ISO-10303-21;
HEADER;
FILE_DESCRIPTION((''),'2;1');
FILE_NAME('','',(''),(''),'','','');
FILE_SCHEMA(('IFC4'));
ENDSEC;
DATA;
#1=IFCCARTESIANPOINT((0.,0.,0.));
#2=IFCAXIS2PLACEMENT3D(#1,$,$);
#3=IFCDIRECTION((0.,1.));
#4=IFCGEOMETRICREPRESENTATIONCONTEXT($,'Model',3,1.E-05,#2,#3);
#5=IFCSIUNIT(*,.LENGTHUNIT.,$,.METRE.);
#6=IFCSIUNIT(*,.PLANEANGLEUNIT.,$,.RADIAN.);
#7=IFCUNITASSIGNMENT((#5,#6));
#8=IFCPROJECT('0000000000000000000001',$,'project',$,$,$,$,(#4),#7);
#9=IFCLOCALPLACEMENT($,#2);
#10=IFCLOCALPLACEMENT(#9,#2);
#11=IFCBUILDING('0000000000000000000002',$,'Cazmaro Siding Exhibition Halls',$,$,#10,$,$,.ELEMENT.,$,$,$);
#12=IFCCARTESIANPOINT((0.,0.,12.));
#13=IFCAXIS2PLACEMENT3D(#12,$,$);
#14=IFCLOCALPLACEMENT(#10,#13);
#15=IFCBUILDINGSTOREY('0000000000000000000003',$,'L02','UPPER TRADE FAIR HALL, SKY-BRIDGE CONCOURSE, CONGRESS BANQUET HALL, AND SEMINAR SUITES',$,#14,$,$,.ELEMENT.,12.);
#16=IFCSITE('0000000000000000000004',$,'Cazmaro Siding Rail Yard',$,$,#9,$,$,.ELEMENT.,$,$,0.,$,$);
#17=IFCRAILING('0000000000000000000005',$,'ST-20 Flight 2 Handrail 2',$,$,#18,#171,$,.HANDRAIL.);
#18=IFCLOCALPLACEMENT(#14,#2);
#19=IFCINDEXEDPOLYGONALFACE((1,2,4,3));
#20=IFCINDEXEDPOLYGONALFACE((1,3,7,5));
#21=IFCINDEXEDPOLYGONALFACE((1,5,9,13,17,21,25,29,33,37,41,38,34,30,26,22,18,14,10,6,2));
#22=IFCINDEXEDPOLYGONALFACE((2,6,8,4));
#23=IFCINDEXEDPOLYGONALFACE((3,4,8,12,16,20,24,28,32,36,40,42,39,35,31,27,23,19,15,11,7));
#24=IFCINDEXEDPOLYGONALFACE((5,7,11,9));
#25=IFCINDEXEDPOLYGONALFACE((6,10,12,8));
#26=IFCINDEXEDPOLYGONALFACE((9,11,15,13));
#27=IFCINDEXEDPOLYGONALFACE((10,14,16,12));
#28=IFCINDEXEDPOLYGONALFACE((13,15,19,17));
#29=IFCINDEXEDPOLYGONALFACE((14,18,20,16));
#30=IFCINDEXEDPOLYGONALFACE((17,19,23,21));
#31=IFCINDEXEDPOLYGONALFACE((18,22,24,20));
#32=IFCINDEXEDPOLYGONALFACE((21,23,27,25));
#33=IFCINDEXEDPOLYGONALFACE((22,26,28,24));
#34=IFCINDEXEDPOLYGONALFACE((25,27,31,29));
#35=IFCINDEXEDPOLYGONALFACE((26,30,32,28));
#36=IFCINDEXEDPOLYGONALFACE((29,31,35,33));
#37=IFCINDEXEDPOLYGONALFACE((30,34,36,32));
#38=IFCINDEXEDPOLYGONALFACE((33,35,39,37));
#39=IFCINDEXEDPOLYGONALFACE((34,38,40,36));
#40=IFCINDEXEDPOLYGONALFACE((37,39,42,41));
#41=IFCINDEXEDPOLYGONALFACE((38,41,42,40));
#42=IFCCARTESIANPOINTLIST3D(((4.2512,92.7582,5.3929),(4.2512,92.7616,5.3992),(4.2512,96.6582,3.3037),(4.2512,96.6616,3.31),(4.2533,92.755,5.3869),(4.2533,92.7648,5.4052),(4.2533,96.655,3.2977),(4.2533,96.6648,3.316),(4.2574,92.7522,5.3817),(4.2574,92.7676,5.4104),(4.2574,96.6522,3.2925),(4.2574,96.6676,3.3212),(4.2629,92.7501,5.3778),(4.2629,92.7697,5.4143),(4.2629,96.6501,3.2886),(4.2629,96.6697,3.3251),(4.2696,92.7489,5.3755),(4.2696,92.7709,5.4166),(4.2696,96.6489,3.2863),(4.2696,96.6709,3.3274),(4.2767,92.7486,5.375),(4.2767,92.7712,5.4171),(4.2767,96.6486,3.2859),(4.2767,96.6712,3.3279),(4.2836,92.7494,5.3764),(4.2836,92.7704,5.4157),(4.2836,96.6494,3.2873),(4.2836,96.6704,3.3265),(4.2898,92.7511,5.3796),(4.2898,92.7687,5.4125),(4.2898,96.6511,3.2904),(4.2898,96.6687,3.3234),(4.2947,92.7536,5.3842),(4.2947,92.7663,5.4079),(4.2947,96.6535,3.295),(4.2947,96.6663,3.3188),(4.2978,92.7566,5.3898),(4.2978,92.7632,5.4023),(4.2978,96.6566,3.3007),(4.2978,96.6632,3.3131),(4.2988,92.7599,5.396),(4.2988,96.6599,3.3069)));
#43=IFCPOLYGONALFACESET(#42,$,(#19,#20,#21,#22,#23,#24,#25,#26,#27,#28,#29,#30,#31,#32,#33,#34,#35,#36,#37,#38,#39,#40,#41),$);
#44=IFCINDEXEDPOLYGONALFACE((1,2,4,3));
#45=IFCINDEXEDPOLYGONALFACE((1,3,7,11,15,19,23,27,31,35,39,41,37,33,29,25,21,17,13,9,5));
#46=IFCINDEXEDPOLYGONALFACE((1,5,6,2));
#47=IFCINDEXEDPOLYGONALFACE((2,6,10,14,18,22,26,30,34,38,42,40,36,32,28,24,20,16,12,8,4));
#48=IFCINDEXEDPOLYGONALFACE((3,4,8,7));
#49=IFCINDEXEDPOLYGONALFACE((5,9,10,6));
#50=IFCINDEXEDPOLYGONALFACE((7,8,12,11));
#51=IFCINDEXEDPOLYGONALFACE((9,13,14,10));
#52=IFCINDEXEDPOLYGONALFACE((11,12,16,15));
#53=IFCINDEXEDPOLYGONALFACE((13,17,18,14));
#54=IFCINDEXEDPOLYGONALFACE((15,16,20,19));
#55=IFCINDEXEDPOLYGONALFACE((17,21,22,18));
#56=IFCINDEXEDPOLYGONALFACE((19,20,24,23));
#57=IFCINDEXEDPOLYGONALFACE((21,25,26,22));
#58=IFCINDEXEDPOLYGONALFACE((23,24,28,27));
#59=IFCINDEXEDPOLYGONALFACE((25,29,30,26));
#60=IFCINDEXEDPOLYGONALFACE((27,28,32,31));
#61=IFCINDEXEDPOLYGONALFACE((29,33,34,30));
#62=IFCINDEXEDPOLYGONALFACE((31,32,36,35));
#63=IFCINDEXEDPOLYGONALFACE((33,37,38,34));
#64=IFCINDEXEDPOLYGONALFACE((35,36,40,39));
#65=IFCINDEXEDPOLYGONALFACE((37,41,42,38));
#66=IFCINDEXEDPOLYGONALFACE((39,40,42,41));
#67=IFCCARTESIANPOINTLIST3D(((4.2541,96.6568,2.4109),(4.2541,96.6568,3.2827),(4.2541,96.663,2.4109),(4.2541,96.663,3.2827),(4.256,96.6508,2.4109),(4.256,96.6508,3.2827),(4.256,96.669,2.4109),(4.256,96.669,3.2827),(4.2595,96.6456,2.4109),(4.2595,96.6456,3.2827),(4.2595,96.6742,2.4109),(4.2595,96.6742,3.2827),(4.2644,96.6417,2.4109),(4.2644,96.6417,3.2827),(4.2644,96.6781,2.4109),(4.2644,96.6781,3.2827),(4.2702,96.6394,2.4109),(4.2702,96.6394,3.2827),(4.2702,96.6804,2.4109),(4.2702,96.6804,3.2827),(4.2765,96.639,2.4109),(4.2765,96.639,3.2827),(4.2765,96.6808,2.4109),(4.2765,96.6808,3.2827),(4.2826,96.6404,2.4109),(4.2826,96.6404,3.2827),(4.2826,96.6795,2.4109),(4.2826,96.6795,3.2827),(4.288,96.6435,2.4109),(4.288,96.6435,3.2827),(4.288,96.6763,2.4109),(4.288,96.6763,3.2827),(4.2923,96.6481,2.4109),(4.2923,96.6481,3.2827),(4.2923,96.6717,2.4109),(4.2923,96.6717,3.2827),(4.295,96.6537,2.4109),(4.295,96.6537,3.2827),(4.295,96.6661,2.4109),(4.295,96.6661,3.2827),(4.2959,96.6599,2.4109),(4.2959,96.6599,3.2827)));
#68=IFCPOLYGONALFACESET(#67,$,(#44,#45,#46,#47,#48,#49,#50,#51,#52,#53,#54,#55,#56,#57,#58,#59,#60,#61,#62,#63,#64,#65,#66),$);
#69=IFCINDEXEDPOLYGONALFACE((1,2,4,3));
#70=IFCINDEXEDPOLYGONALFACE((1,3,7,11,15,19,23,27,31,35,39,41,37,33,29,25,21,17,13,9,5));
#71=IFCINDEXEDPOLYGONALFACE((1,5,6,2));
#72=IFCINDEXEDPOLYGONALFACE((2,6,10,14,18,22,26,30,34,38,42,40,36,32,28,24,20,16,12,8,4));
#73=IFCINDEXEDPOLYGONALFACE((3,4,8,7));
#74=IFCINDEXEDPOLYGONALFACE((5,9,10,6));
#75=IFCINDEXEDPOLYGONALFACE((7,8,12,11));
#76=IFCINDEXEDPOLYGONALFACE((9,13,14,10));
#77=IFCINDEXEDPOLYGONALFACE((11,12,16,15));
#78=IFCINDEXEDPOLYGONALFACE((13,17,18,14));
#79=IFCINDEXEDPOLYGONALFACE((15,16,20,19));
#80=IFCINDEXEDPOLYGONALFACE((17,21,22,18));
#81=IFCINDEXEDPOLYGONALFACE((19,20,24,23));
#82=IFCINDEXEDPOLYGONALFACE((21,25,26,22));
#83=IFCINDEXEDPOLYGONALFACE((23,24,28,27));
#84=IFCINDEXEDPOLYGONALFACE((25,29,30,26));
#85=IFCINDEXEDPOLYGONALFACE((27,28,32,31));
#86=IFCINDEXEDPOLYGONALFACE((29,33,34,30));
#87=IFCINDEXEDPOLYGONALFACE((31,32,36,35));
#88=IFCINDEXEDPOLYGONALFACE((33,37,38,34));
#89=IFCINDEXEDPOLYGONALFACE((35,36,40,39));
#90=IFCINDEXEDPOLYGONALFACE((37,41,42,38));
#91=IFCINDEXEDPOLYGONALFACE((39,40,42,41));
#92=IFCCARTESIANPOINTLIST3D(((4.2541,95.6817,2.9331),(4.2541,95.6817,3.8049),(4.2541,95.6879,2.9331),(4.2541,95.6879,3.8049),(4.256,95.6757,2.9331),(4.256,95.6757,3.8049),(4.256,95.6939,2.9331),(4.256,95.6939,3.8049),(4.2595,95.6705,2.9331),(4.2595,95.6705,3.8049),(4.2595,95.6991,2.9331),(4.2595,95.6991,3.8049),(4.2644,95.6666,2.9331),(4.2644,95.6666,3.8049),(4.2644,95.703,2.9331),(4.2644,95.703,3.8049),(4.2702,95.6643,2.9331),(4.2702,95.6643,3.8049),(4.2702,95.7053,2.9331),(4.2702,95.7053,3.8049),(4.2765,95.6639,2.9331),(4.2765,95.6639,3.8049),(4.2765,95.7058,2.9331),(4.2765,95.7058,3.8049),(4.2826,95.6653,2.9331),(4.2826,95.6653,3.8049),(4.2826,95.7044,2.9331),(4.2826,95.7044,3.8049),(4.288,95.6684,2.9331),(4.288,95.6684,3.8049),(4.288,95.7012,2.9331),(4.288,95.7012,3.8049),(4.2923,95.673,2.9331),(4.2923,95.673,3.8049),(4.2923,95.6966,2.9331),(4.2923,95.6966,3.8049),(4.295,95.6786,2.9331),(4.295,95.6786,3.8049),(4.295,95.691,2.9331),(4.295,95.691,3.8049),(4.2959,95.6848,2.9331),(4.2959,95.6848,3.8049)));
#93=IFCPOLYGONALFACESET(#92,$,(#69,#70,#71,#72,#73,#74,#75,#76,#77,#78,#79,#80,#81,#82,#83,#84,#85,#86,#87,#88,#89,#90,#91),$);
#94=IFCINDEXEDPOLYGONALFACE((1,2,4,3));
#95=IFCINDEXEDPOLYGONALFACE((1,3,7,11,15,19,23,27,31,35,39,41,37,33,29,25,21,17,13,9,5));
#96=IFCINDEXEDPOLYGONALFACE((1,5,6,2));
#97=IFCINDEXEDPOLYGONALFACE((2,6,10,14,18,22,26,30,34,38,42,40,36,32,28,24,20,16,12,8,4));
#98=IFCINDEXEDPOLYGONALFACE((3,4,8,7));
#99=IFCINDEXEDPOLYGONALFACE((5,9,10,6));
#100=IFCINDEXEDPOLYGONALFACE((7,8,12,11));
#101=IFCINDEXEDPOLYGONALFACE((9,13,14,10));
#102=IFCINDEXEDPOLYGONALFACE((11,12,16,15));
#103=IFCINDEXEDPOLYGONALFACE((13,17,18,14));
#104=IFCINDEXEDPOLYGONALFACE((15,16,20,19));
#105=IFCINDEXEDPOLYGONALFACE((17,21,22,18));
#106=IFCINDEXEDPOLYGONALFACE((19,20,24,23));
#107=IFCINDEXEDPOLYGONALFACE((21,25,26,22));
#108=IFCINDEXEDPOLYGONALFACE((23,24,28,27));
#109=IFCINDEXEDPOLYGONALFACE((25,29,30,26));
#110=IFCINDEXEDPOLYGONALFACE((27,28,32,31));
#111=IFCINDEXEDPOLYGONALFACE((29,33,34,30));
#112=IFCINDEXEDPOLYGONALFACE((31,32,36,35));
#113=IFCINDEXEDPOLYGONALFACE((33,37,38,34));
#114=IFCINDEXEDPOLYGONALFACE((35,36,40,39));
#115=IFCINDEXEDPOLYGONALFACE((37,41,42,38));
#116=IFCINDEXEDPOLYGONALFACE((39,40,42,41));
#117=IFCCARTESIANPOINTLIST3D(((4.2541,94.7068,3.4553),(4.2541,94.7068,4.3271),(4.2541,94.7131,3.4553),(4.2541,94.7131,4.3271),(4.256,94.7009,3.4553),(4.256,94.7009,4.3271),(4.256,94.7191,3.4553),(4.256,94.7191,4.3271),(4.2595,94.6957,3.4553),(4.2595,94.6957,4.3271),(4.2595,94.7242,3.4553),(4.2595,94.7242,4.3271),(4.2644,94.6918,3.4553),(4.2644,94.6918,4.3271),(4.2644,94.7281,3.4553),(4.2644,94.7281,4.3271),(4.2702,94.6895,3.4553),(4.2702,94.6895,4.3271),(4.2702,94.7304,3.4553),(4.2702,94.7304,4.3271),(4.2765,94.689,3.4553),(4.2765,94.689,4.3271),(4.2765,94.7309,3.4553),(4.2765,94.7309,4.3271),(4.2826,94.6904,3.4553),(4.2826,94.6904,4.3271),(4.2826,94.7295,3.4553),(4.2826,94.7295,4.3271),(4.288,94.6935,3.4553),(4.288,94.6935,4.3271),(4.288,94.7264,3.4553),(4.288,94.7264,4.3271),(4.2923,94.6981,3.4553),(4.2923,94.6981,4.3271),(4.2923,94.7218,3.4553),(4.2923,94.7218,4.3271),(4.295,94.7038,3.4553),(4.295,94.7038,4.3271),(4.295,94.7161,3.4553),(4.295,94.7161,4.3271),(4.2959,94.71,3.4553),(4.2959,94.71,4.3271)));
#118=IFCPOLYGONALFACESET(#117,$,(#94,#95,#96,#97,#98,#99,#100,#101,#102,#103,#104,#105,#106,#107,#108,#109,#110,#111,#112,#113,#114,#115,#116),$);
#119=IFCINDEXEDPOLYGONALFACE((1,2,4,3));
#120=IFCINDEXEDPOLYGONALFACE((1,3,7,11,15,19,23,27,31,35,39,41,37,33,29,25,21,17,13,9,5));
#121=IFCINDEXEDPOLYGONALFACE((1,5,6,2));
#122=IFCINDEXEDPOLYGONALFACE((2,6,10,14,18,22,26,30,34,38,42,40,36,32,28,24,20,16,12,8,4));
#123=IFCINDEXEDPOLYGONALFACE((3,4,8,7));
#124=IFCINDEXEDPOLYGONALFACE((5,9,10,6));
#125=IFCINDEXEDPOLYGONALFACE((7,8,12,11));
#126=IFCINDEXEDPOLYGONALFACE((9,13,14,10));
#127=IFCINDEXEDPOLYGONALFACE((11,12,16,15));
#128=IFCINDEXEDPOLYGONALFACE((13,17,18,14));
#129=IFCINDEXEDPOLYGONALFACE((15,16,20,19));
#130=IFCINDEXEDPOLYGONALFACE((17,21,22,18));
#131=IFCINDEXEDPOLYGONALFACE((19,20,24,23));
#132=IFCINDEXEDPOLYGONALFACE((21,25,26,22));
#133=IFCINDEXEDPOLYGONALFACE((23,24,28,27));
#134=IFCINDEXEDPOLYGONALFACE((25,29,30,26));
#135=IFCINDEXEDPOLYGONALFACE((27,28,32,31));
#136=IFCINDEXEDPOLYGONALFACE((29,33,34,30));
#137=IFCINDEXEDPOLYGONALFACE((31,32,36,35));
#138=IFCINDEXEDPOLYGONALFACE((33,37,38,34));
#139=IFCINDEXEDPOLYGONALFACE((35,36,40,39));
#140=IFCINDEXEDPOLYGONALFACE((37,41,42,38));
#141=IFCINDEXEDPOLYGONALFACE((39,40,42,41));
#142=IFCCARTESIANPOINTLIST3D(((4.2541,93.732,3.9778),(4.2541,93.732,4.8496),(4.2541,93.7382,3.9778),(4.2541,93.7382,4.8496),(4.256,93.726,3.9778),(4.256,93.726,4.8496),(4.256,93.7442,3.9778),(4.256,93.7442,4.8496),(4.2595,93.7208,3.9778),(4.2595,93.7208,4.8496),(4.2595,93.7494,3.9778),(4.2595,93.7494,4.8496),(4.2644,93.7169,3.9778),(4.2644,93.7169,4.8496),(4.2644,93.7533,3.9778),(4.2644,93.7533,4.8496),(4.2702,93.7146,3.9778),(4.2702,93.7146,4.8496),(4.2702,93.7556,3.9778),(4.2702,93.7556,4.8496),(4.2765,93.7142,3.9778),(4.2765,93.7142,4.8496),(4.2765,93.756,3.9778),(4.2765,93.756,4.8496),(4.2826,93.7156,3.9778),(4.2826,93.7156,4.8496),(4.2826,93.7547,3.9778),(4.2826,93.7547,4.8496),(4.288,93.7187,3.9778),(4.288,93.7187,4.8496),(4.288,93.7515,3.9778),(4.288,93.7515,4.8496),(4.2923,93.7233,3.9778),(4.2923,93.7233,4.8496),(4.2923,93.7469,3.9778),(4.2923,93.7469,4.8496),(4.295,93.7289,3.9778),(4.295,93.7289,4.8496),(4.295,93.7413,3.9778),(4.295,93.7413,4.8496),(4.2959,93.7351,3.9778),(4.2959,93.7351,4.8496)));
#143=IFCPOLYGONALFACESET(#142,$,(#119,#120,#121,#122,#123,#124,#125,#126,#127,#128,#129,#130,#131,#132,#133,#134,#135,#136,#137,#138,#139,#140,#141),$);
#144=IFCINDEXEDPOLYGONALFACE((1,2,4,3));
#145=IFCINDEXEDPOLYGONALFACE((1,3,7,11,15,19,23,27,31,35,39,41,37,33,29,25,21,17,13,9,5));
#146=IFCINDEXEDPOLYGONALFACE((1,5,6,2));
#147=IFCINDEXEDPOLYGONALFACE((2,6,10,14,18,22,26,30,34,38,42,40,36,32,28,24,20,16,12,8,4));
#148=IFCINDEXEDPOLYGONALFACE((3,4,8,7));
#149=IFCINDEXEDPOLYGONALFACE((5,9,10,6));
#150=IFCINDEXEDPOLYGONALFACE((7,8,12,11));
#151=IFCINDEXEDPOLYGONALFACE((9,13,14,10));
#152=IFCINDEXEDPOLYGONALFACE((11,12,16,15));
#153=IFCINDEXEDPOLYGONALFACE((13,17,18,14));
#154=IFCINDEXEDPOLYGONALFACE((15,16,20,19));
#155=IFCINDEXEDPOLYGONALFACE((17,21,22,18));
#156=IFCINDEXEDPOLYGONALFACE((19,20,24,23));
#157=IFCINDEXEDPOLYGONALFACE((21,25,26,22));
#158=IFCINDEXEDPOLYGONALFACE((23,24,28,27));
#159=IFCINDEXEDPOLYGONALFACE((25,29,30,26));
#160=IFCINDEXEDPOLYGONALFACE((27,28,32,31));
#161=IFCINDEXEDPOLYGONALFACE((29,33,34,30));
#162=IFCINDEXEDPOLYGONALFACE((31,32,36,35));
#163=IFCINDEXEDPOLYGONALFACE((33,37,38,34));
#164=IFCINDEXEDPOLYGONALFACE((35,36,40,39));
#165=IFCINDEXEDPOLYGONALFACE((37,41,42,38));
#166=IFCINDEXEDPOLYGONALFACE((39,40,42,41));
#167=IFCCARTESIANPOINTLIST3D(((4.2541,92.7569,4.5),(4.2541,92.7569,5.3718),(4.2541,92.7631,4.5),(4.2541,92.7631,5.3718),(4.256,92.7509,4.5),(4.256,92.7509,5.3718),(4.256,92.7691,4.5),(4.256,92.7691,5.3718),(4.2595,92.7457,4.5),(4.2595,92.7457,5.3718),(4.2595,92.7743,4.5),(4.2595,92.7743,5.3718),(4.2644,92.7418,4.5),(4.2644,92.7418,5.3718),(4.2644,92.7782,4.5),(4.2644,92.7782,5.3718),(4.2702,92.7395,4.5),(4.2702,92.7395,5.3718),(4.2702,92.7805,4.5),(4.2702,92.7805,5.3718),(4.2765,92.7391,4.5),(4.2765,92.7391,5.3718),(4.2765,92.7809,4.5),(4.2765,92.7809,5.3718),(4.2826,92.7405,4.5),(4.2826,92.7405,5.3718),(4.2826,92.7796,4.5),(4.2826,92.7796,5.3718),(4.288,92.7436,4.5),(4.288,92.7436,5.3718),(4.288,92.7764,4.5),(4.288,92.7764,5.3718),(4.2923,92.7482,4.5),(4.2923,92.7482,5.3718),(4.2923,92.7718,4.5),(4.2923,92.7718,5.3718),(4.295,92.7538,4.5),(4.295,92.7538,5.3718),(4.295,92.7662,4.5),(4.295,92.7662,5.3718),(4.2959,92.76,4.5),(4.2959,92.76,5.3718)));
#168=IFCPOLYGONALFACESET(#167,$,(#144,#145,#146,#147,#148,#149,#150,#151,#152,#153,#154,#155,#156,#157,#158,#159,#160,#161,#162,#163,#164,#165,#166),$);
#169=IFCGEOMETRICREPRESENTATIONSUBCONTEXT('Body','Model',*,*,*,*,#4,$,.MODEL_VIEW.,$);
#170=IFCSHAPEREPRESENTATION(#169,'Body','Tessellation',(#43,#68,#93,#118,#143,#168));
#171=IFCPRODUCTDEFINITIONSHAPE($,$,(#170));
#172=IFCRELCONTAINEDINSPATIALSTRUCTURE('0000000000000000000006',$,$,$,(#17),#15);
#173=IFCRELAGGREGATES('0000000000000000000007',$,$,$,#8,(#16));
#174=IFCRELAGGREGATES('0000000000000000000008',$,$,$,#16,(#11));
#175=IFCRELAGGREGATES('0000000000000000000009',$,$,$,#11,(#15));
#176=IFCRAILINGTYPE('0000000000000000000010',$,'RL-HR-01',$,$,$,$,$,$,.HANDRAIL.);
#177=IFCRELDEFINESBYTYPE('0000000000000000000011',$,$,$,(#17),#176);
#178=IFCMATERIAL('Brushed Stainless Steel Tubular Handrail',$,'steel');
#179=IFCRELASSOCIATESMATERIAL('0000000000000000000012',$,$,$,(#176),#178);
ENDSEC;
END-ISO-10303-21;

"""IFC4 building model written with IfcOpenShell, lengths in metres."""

from ifc_helpers import new_model, si_unit, direction, frame, origin, origin_2d, place, context, subcontext, project, spatial, circle, extrude, material, type_object, element, save


model = new_model("IFC4")

# Units and contexts
model_context = context("Model", 3, precision=1e-05, world=origin(), true_north=direction((0.0, 1.0)))
body_context = subcontext(model_context, "Body", "Model", "MODEL_VIEW")
ifc_project = project(units=[si_unit("LENGTHUNIT", "METRE"), si_unit("PLANEANGLEUNIT", "RADIAN")], contexts=[model_context])

# Site, building, storey
site_placement = place(None, origin())
site = spatial("IfcSite", under=ifc_project, at=site_placement, Name="Cazmaro Siding Rail Yard", CompositionType="ELEMENT", RefElevation=0.0)
building_placement = place(site_placement, origin())
building = spatial("IfcBuilding", under=site, at=building_placement, Name="Cazmaro Siding Exhibition Halls", CompositionType="ELEMENT")
storey_placement = place(building_placement, frame((0.0, 0.0, 12.0)))
storey = spatial("IfcBuildingStorey", under=building, at=storey_placement, Name="L02", Description="UPPER TRADE FAIR HALL, SKY-BRIDGE CONCOURSE, CONGRESS BANQUET HALL, AND SEMINAR SUITES", CompositionType="ELEMENT", Elevation=12.0)

# Railing
ifc_material_1 = material(Name="Brushed Stainless Steel Tubular Handrail", Category="steel")
railing_type_1 = type_object("IfcRailingType", Name="RL-HR-01", PredefinedType="HANDRAIL", material=ifc_material_1)
for number, where, name in (
    (1, (4.2749, 96.6599, 2.4109), "ST-20 Flight 2 Handrail 2"),
):
    element("IfcRailing", number, at=place(storey_placement, frame(where)), inside=storey, type_object=railing_type_1, Name=name, PredefinedType="HANDRAIL", context=body_context, shape_type="SweptSolid", body=[
        extrude(circle(Radius=0.0239, at=origin_2d()), frame((0.0, 0.0, 0.896), z_axis=(0.0, -0.881491, 0.4722), x_axis=(1.0, 0.0, 0.0)), (0.0, 0.0, 1.0), 4.4243),
        extrude(circle(Radius=0.021, at=origin_2d()), origin(), (0.0, 0.0, 1.0), 0.8718),
        extrude(circle(Radius=0.021, at=origin_2d()), frame((0.0, -0.9751, 0.5222)), (0.0, 0.0, 1.0), 0.8718),
        extrude(circle(Radius=0.021, at=origin_2d()), frame((0.0, -1.95, 1.0444)), (0.0, 0.0, 1.0), 0.8718),
        extrude(circle(Radius=0.021, at=origin_2d()), frame((0.0, -2.9248, 1.5669)), (0.0, 0.0, 1.0), 0.8718),
        extrude(circle(Radius=0.021, at=origin_2d()), frame((0.0, -3.8999, 2.0891)), (0.0, 0.0, 1.0), 0.8718),
    ])

save(model, "model.ifc")
